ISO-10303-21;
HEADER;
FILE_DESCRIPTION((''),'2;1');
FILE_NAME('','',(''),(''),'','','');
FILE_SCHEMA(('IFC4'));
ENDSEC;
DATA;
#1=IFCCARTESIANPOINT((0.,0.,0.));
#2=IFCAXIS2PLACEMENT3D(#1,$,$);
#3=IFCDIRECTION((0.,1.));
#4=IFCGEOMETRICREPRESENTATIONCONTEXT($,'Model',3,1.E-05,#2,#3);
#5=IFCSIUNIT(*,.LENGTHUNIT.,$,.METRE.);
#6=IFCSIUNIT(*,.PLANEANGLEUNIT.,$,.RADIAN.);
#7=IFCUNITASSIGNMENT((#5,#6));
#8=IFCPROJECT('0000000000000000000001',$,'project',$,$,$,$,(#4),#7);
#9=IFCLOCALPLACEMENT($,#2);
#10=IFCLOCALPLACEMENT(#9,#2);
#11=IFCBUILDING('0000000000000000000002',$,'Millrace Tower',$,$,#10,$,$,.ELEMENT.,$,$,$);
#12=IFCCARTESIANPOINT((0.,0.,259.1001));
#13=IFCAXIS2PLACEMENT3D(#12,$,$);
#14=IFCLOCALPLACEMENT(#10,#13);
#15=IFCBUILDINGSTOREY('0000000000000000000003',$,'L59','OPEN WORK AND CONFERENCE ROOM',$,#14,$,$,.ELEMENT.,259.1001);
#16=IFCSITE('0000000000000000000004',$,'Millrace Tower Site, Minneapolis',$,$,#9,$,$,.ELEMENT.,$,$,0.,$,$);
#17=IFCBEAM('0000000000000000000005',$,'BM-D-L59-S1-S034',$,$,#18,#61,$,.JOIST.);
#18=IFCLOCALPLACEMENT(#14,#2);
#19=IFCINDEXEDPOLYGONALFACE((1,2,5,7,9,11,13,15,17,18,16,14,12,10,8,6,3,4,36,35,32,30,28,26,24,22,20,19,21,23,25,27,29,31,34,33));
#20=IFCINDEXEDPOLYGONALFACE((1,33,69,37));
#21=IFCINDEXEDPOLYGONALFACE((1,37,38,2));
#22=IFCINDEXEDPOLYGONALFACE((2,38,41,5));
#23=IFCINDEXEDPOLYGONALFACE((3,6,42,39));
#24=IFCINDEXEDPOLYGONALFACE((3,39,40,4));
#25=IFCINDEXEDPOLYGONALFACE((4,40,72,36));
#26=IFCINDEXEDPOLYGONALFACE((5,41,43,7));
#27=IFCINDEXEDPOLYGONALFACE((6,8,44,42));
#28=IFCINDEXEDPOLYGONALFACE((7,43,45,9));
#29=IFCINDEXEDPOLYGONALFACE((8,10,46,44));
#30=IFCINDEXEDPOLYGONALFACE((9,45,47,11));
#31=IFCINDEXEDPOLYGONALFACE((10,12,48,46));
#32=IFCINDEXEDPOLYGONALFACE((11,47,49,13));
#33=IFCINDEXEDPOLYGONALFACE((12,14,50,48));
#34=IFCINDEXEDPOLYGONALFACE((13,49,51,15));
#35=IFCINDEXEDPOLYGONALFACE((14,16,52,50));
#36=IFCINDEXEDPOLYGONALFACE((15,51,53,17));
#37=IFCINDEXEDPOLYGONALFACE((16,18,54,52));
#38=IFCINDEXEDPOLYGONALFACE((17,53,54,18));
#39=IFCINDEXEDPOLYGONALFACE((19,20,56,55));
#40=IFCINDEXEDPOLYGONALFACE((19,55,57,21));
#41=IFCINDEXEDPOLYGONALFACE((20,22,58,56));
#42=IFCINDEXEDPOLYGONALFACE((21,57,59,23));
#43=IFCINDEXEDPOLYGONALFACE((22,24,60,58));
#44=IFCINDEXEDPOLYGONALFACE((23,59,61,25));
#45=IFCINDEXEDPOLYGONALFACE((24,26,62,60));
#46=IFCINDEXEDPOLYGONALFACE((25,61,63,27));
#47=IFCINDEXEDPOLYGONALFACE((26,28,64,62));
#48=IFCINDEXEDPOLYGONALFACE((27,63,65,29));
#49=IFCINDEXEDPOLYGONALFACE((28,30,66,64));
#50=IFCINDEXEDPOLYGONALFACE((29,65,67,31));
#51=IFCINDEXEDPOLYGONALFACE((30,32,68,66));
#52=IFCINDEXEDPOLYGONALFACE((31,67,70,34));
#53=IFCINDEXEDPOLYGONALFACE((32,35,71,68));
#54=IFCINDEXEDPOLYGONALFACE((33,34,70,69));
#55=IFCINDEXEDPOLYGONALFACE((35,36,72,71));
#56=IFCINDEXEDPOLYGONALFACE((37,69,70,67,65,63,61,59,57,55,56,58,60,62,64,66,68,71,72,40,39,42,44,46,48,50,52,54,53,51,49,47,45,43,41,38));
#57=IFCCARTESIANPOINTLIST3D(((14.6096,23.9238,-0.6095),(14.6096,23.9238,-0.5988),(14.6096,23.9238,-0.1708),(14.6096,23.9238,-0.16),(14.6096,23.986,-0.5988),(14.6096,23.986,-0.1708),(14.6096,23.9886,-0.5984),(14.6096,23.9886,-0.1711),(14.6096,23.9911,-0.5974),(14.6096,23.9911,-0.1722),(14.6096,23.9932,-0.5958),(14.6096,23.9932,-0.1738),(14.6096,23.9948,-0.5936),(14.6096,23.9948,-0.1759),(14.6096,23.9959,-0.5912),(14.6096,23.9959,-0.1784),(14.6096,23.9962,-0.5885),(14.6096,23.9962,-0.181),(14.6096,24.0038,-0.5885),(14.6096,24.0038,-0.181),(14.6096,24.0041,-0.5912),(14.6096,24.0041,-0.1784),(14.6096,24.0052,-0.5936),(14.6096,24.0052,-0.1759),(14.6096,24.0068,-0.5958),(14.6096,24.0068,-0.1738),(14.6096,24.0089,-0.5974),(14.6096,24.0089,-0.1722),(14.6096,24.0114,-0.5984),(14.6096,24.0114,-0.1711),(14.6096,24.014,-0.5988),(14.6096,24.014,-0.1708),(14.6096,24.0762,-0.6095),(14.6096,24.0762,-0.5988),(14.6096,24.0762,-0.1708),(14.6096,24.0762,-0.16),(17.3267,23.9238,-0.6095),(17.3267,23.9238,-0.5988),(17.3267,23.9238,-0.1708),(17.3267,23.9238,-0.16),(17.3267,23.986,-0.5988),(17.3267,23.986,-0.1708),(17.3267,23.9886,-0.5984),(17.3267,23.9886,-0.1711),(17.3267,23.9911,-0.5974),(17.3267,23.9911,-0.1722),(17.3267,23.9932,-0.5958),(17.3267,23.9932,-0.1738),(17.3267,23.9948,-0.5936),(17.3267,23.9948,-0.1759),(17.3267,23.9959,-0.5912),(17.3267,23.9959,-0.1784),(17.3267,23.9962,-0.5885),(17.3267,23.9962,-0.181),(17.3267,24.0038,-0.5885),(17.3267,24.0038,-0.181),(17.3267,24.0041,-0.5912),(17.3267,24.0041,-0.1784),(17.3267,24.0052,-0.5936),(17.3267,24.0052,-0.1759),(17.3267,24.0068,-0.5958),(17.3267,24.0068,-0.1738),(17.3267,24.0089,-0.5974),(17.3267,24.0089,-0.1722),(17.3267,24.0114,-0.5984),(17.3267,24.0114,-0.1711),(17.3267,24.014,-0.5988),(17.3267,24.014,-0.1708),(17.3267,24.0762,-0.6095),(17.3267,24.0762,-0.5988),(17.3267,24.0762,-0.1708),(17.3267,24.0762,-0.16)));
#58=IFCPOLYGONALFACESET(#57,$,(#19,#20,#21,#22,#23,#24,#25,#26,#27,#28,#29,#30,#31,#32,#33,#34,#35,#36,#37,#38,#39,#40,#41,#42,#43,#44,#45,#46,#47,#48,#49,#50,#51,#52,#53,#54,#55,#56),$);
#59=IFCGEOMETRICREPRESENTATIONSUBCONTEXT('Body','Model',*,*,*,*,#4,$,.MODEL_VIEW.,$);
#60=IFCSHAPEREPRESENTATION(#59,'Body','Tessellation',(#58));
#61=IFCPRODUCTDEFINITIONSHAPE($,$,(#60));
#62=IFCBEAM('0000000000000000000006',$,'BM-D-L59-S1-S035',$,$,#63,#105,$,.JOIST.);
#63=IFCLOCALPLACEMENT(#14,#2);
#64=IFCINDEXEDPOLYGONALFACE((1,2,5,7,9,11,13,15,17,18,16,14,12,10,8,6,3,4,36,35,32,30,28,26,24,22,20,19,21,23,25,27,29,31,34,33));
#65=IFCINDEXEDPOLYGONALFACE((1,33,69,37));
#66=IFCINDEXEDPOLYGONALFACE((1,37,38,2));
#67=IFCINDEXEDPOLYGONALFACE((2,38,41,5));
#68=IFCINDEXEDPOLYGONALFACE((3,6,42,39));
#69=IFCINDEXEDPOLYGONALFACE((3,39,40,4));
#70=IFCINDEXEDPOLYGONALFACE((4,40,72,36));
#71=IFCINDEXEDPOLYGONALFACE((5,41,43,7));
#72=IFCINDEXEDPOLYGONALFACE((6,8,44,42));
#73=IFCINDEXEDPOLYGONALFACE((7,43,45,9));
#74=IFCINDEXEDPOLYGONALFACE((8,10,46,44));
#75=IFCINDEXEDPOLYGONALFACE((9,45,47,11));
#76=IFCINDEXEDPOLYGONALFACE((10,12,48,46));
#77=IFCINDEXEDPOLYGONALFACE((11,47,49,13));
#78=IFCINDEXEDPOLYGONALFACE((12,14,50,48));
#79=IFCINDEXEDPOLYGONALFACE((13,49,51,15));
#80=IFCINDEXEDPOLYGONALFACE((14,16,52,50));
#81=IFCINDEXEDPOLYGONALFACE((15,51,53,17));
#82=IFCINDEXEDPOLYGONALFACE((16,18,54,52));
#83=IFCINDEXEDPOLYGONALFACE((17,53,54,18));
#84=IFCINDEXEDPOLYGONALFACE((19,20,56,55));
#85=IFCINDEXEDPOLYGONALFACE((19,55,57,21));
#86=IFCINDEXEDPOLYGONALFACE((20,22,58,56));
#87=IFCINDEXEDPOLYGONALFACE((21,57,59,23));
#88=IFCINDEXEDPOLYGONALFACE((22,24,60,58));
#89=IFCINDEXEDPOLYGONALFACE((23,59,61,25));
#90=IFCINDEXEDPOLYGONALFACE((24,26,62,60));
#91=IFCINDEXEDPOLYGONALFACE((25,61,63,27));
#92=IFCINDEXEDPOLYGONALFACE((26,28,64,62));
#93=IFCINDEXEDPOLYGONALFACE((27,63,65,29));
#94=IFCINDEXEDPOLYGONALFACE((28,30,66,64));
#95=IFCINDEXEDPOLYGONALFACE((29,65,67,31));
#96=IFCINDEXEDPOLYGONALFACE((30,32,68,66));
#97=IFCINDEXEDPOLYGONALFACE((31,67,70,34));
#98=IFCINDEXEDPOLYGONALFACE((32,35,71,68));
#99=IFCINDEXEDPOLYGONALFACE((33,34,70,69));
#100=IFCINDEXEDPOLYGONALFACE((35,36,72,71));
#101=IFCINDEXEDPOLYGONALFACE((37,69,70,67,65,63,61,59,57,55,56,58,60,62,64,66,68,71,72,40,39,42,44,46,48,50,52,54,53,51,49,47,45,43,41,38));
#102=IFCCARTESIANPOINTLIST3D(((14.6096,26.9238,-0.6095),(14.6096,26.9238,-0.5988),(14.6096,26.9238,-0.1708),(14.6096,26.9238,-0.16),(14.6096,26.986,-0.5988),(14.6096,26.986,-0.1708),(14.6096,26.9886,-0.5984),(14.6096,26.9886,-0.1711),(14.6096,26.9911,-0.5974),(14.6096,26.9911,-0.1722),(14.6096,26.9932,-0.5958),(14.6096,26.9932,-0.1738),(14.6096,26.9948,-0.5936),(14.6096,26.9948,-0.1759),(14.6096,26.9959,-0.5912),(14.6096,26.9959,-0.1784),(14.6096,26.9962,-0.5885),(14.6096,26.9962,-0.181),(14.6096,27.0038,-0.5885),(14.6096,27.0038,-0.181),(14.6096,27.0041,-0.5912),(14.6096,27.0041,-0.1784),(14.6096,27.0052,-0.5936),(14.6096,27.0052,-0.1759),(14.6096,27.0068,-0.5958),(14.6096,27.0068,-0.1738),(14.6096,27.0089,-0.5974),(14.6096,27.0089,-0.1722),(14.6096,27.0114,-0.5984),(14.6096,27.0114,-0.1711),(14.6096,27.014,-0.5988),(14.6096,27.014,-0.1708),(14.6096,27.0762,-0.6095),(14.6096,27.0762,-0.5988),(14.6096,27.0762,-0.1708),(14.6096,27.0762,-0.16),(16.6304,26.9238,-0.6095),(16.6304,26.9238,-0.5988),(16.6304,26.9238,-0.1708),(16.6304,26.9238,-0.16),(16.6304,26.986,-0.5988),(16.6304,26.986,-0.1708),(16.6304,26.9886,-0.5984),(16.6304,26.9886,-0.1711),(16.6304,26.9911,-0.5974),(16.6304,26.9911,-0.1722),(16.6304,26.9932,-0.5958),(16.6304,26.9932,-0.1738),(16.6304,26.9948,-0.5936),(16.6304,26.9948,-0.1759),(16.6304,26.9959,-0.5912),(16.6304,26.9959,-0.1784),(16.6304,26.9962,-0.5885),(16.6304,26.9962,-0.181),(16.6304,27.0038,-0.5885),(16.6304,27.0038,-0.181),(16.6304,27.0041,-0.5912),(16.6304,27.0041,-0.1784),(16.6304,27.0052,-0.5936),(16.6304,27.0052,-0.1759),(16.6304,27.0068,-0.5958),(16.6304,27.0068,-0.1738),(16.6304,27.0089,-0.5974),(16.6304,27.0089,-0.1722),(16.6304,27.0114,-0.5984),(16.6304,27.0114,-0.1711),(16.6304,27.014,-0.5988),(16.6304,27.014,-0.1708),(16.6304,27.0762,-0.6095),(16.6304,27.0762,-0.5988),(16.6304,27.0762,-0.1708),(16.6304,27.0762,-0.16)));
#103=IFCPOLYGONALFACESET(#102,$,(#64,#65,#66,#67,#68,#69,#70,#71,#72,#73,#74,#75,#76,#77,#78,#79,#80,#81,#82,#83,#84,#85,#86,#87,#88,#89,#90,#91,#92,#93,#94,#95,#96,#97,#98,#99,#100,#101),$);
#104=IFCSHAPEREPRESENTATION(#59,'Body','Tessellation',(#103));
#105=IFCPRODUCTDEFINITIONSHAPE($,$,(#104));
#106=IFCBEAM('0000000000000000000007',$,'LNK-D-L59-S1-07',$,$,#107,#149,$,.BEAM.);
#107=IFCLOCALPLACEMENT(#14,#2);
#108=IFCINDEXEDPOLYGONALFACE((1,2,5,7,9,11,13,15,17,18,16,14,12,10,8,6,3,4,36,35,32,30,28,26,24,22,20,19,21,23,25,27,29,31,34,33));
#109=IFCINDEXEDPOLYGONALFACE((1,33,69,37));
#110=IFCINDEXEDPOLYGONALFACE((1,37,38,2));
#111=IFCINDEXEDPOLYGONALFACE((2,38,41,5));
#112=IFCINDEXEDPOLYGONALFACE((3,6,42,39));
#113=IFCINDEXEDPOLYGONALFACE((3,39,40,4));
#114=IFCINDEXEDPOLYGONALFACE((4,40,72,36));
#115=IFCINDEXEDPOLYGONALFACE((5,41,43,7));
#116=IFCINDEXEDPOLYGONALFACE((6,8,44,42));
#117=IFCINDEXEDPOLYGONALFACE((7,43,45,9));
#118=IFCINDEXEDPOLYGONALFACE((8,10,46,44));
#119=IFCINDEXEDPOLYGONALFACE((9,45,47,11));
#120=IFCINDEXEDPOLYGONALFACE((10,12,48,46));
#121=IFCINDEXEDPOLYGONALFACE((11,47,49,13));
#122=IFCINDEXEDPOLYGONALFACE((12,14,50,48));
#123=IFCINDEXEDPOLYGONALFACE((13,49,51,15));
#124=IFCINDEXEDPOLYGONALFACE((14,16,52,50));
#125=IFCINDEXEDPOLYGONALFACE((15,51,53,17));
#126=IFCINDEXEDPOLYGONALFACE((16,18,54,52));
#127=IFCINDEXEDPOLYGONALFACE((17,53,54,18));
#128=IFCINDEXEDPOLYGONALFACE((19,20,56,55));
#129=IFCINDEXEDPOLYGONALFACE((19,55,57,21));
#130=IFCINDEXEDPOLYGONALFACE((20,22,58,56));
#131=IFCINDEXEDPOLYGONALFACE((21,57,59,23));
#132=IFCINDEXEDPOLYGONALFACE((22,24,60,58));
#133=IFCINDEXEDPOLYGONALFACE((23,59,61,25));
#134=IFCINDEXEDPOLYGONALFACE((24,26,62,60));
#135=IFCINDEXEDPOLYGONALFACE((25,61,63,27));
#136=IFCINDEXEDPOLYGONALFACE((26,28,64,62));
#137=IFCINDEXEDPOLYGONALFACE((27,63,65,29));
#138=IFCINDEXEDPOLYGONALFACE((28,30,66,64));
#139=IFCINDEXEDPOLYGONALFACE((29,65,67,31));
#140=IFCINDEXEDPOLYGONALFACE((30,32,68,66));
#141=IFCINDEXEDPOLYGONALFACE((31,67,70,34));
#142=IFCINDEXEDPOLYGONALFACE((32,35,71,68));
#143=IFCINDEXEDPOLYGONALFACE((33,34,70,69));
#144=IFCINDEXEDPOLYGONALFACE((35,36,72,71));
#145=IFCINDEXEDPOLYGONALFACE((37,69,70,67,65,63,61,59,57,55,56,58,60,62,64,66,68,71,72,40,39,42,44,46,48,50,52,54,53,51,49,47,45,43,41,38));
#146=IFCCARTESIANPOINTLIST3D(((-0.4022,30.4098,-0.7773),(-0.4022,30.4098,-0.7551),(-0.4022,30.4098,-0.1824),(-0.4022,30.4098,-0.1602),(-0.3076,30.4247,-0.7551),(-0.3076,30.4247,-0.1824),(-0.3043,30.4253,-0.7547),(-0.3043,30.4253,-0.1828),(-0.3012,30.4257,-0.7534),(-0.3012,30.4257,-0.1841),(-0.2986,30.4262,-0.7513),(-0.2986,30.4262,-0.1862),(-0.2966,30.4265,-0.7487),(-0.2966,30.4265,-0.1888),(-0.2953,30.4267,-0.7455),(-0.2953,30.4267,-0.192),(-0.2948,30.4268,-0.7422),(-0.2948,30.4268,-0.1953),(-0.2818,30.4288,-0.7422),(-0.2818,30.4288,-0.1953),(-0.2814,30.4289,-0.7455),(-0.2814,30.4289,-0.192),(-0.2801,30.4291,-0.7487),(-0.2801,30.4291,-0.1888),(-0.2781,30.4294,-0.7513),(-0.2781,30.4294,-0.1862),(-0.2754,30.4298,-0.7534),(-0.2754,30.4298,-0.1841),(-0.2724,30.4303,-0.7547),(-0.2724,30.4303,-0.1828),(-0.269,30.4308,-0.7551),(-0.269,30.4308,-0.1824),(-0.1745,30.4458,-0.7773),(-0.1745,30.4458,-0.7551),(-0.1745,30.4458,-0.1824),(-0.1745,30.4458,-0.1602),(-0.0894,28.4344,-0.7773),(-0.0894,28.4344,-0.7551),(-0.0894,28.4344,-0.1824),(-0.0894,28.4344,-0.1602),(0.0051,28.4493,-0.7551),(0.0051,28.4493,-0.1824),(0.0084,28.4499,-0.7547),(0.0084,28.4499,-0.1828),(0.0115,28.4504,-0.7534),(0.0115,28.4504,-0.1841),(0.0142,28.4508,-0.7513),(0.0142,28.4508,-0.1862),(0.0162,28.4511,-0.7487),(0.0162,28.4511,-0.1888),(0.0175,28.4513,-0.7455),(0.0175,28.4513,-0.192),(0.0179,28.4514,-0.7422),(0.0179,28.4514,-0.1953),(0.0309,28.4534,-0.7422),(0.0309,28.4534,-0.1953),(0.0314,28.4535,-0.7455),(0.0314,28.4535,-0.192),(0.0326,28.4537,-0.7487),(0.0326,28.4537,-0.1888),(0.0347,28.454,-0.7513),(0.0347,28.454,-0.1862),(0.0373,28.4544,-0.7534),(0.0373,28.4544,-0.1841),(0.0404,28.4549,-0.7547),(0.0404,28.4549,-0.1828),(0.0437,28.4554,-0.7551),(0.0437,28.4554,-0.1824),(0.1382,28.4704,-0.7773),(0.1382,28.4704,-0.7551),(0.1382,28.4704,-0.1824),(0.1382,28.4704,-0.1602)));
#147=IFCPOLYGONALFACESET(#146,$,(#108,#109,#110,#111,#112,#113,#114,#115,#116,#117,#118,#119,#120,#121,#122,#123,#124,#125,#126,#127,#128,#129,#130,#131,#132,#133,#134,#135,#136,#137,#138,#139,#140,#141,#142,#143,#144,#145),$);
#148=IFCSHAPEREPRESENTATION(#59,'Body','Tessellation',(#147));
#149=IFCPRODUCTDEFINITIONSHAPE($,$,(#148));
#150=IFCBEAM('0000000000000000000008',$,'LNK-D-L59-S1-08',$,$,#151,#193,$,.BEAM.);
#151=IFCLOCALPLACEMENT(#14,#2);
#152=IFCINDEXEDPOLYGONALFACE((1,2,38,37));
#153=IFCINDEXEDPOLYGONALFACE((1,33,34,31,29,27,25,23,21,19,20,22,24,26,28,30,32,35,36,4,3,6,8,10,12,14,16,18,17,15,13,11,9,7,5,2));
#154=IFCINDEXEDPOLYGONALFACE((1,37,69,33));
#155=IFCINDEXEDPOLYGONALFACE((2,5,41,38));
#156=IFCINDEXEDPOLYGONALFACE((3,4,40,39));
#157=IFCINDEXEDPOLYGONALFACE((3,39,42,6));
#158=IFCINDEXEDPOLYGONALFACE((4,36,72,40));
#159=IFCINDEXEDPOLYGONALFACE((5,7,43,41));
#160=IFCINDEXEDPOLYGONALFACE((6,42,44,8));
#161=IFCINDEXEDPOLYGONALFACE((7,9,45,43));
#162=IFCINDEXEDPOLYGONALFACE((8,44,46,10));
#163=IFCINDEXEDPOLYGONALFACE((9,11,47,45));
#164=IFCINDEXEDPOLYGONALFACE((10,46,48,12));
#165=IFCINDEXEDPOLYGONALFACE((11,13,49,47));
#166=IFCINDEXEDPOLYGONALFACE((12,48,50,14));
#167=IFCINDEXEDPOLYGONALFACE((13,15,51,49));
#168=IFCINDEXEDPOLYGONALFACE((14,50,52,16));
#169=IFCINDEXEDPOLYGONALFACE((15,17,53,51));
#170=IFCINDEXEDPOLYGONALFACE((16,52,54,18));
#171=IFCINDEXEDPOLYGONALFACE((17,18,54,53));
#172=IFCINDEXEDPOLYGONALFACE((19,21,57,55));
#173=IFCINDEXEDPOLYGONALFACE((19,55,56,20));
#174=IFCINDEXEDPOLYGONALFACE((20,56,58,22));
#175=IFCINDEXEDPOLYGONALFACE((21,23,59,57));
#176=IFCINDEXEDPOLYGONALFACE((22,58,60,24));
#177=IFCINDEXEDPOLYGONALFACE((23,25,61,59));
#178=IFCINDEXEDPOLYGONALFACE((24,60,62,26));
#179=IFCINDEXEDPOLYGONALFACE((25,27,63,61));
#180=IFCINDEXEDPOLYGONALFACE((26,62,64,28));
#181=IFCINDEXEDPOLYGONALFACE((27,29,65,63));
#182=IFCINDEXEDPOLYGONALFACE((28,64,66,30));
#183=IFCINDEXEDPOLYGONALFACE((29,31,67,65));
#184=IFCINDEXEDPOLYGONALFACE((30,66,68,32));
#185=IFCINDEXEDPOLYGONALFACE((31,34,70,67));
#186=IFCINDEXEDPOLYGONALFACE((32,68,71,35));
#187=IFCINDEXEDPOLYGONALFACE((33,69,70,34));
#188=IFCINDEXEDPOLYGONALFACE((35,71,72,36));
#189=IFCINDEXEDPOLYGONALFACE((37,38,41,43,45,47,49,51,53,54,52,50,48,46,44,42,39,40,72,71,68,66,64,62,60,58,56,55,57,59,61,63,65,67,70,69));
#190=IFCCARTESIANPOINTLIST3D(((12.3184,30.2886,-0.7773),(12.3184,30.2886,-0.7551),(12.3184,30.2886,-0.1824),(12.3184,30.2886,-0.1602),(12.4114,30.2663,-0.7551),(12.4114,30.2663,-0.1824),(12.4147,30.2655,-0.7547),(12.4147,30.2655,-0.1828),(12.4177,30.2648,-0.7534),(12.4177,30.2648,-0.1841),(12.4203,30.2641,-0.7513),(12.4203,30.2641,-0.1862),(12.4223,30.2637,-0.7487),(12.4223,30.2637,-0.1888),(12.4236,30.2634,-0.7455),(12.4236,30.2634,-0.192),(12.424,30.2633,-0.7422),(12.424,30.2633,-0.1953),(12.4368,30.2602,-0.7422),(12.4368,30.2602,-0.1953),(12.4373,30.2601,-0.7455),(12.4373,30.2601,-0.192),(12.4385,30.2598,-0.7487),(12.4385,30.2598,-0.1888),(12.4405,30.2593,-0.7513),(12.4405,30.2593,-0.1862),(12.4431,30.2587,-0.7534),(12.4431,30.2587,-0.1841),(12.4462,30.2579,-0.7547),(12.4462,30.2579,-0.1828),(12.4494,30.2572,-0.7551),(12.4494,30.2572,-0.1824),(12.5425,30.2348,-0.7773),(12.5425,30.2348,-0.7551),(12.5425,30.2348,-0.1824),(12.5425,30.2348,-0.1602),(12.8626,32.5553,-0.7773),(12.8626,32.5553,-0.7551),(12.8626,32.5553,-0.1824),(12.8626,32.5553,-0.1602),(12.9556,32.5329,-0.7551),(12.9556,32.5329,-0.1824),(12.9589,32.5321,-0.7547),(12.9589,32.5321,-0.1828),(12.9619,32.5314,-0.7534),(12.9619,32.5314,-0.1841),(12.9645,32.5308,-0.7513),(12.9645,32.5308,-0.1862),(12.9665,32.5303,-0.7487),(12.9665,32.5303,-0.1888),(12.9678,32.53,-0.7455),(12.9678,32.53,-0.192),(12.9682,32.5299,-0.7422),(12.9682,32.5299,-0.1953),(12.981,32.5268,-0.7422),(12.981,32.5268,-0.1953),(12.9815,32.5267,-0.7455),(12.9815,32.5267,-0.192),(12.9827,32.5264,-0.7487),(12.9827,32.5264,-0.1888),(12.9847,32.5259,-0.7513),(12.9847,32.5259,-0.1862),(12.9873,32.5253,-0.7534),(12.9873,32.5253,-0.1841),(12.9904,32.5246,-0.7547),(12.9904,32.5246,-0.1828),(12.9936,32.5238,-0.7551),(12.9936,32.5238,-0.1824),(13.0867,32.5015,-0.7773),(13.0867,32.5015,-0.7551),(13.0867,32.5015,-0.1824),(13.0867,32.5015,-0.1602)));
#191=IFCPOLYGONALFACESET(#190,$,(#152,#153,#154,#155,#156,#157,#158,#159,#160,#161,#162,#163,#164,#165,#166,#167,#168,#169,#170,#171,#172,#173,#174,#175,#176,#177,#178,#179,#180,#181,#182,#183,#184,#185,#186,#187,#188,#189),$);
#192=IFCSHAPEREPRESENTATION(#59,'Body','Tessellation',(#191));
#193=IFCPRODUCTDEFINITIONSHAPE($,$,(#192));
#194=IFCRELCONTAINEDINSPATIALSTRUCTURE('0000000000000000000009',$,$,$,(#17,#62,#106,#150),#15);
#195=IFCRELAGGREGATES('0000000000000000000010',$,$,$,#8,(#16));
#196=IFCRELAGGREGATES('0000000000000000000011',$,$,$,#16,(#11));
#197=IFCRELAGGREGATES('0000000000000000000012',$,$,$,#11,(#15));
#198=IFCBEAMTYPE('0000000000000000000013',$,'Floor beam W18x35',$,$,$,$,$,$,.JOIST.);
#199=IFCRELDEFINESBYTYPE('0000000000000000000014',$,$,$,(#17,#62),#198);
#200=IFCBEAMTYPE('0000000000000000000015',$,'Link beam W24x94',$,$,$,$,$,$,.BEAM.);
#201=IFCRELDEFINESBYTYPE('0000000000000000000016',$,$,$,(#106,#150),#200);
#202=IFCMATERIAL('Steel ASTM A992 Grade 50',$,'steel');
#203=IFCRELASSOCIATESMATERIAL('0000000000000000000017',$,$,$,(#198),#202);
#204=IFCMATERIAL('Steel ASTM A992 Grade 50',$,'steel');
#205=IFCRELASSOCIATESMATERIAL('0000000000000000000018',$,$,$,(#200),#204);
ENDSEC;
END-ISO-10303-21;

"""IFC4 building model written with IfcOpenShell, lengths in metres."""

from ifc_helpers import new_model, si_unit, direction, frame, origin, origin_2d, place, context, subcontext, project, spatial, i_section, extrude, material, material_profile, profile_set, type_object, element, save


model = new_model("IFC4")

# Units and contexts
model_context = context("Model", 3, precision=1e-05, world=origin(), true_north=direction((0.0, 1.0)))
body_context = subcontext(model_context, "Body", "Model", "MODEL_VIEW")
ifc_project = project(units=[si_unit("LENGTHUNIT", "METRE"), si_unit("PLANEANGLEUNIT", "RADIAN")], contexts=[model_context])

# Site, building, storey
site_placement = place(None, origin())
site = spatial("IfcSite", under=ifc_project, at=site_placement, Name="Millrace Tower Site, Minneapolis", CompositionType="ELEMENT", RefElevation=0.0)
building_placement = place(site_placement, origin())
building = spatial("IfcBuilding", under=site, at=building_placement, Name="Millrace Tower", CompositionType="ELEMENT")
storey_placement = place(building_placement, frame((0.0, 0.0, 259.1001)))
storey = spatial("IfcBuildingStorey", under=building, at=storey_placement, Name="L59", Description="OPEN WORK AND CONFERENCE ROOM", CompositionType="ELEMENT", Elevation=259.1001)

# Beams
ifc_material_1 = material(Name="Steel ASTM A992 Grade 50", Category="steel")
ifc_material_profile_1 = material_profile(ifc_material_1, i_section(OverallWidth=0.1523, OverallDepth=0.4495, WebThickness=0.0076, FlangeThickness=0.0107, FilletRadius=0.0103, at=origin_2d()))
ifc_profile_set_1 = profile_set([ifc_material_profile_1], Name="Steel ASTM A992 Grade 50")
beam_type_1 = type_object("IfcBeamType", Name="Floor beam W18x35", PredefinedType="JOIST", material=ifc_profile_set_1)
beam_1_placement = place(storey_placement, frame((14.6096, 24.0, -0.3848), z_axis=(1.0, 0.0, 0.0), x_axis=(0.0, 1.0, 0.0)))
element("IfcBeam", 1, at=beam_1_placement, inside=storey, type_object=beam_type_1, Name="BM-D-L59-S1-S034", PredefinedType="JOIST", context=body_context, shape_type="SweptSolid", body=[
    extrude(i_section(OverallWidth=0.1523, OverallDepth=0.4495, WebThickness=0.0076, FlangeThickness=0.0107, FilletRadius=0.0103, at=origin_2d()), origin(), (0.0, 0.0, 1.0), 2.717),
])
beam_2_placement = place(storey_placement, frame((14.6096, 27.0, -0.3848), z_axis=(1.0, 0.0, 0.0), x_axis=(0.0, 1.0, 0.0)))
element("IfcBeam", 2, at=beam_2_placement, inside=storey, type_object=beam_type_1, Name="BM-D-L59-S1-S035", PredefinedType="JOIST", context=body_context, shape_type="SweptSolid", body=[
    extrude(i_section(OverallWidth=0.1523, OverallDepth=0.4495, WebThickness=0.0076, FlangeThickness=0.0107, FilletRadius=0.0103, at=origin_2d()), origin(), (0.0, 0.0, 1.0), 2.0208),
])
ifc_material_2 = material(Name="Steel ASTM A992 Grade 50", Category="steel")
ifc_material_profile_2 = material_profile(ifc_material_2, i_section(OverallWidth=0.2305, OverallDepth=0.6172, WebThickness=0.0132, FlangeThickness=0.0222, FilletRadius=0.0129, at=origin_2d()))
ifc_profile_set_2 = profile_set([ifc_material_profile_2], Name="Steel ASTM A992 Grade 50")
beam_type_2 = type_object("IfcBeamType", Name="Link beam W24x94", PredefinedType="BEAM", material=ifc_profile_set_2)
beam_3_placement = place(storey_placement, frame((0.0244, 28.4524, -0.4688), z_axis=(-0.156376, 0.987698, 0.0), x_axis=(-0.987698, -0.156376, 0.0)))
element("IfcBeam", 3, at=beam_3_placement, inside=storey, type_object=beam_type_2, Name="LNK-D-L59-S1-07", PredefinedType="BEAM", context=body_context, shape_type="SweptSolid", body=[
    extrude(i_section(OverallWidth=0.2305, OverallDepth=0.6172, WebThickness=0.0132, FlangeThickness=0.0222, FilletRadius=0.0129, at=origin_2d()), origin(), (0.0, 0.0, 1.0), 2.0),
])
beam_4_placement = place(storey_placement, frame((12.4304, 30.2617, -0.4688), z_axis=(0.233456, 0.972367, 0.0), x_axis=(-0.972367, 0.233456, 0.0)))
element("IfcBeam", 4, at=beam_4_placement, inside=storey, type_object=beam_type_2, Name="LNK-D-L59-S1-08", PredefinedType="BEAM", context=body_context, shape_type="SweptSolid", body=[
    extrude(i_section(OverallWidth=0.2305, OverallDepth=0.6172, WebThickness=0.0132, FlangeThickness=0.0222, FilletRadius=0.0129, at=origin_2d()), origin(), (0.0, 0.0, 1.0), 2.3311),
])

save(model, "model.ifc")
